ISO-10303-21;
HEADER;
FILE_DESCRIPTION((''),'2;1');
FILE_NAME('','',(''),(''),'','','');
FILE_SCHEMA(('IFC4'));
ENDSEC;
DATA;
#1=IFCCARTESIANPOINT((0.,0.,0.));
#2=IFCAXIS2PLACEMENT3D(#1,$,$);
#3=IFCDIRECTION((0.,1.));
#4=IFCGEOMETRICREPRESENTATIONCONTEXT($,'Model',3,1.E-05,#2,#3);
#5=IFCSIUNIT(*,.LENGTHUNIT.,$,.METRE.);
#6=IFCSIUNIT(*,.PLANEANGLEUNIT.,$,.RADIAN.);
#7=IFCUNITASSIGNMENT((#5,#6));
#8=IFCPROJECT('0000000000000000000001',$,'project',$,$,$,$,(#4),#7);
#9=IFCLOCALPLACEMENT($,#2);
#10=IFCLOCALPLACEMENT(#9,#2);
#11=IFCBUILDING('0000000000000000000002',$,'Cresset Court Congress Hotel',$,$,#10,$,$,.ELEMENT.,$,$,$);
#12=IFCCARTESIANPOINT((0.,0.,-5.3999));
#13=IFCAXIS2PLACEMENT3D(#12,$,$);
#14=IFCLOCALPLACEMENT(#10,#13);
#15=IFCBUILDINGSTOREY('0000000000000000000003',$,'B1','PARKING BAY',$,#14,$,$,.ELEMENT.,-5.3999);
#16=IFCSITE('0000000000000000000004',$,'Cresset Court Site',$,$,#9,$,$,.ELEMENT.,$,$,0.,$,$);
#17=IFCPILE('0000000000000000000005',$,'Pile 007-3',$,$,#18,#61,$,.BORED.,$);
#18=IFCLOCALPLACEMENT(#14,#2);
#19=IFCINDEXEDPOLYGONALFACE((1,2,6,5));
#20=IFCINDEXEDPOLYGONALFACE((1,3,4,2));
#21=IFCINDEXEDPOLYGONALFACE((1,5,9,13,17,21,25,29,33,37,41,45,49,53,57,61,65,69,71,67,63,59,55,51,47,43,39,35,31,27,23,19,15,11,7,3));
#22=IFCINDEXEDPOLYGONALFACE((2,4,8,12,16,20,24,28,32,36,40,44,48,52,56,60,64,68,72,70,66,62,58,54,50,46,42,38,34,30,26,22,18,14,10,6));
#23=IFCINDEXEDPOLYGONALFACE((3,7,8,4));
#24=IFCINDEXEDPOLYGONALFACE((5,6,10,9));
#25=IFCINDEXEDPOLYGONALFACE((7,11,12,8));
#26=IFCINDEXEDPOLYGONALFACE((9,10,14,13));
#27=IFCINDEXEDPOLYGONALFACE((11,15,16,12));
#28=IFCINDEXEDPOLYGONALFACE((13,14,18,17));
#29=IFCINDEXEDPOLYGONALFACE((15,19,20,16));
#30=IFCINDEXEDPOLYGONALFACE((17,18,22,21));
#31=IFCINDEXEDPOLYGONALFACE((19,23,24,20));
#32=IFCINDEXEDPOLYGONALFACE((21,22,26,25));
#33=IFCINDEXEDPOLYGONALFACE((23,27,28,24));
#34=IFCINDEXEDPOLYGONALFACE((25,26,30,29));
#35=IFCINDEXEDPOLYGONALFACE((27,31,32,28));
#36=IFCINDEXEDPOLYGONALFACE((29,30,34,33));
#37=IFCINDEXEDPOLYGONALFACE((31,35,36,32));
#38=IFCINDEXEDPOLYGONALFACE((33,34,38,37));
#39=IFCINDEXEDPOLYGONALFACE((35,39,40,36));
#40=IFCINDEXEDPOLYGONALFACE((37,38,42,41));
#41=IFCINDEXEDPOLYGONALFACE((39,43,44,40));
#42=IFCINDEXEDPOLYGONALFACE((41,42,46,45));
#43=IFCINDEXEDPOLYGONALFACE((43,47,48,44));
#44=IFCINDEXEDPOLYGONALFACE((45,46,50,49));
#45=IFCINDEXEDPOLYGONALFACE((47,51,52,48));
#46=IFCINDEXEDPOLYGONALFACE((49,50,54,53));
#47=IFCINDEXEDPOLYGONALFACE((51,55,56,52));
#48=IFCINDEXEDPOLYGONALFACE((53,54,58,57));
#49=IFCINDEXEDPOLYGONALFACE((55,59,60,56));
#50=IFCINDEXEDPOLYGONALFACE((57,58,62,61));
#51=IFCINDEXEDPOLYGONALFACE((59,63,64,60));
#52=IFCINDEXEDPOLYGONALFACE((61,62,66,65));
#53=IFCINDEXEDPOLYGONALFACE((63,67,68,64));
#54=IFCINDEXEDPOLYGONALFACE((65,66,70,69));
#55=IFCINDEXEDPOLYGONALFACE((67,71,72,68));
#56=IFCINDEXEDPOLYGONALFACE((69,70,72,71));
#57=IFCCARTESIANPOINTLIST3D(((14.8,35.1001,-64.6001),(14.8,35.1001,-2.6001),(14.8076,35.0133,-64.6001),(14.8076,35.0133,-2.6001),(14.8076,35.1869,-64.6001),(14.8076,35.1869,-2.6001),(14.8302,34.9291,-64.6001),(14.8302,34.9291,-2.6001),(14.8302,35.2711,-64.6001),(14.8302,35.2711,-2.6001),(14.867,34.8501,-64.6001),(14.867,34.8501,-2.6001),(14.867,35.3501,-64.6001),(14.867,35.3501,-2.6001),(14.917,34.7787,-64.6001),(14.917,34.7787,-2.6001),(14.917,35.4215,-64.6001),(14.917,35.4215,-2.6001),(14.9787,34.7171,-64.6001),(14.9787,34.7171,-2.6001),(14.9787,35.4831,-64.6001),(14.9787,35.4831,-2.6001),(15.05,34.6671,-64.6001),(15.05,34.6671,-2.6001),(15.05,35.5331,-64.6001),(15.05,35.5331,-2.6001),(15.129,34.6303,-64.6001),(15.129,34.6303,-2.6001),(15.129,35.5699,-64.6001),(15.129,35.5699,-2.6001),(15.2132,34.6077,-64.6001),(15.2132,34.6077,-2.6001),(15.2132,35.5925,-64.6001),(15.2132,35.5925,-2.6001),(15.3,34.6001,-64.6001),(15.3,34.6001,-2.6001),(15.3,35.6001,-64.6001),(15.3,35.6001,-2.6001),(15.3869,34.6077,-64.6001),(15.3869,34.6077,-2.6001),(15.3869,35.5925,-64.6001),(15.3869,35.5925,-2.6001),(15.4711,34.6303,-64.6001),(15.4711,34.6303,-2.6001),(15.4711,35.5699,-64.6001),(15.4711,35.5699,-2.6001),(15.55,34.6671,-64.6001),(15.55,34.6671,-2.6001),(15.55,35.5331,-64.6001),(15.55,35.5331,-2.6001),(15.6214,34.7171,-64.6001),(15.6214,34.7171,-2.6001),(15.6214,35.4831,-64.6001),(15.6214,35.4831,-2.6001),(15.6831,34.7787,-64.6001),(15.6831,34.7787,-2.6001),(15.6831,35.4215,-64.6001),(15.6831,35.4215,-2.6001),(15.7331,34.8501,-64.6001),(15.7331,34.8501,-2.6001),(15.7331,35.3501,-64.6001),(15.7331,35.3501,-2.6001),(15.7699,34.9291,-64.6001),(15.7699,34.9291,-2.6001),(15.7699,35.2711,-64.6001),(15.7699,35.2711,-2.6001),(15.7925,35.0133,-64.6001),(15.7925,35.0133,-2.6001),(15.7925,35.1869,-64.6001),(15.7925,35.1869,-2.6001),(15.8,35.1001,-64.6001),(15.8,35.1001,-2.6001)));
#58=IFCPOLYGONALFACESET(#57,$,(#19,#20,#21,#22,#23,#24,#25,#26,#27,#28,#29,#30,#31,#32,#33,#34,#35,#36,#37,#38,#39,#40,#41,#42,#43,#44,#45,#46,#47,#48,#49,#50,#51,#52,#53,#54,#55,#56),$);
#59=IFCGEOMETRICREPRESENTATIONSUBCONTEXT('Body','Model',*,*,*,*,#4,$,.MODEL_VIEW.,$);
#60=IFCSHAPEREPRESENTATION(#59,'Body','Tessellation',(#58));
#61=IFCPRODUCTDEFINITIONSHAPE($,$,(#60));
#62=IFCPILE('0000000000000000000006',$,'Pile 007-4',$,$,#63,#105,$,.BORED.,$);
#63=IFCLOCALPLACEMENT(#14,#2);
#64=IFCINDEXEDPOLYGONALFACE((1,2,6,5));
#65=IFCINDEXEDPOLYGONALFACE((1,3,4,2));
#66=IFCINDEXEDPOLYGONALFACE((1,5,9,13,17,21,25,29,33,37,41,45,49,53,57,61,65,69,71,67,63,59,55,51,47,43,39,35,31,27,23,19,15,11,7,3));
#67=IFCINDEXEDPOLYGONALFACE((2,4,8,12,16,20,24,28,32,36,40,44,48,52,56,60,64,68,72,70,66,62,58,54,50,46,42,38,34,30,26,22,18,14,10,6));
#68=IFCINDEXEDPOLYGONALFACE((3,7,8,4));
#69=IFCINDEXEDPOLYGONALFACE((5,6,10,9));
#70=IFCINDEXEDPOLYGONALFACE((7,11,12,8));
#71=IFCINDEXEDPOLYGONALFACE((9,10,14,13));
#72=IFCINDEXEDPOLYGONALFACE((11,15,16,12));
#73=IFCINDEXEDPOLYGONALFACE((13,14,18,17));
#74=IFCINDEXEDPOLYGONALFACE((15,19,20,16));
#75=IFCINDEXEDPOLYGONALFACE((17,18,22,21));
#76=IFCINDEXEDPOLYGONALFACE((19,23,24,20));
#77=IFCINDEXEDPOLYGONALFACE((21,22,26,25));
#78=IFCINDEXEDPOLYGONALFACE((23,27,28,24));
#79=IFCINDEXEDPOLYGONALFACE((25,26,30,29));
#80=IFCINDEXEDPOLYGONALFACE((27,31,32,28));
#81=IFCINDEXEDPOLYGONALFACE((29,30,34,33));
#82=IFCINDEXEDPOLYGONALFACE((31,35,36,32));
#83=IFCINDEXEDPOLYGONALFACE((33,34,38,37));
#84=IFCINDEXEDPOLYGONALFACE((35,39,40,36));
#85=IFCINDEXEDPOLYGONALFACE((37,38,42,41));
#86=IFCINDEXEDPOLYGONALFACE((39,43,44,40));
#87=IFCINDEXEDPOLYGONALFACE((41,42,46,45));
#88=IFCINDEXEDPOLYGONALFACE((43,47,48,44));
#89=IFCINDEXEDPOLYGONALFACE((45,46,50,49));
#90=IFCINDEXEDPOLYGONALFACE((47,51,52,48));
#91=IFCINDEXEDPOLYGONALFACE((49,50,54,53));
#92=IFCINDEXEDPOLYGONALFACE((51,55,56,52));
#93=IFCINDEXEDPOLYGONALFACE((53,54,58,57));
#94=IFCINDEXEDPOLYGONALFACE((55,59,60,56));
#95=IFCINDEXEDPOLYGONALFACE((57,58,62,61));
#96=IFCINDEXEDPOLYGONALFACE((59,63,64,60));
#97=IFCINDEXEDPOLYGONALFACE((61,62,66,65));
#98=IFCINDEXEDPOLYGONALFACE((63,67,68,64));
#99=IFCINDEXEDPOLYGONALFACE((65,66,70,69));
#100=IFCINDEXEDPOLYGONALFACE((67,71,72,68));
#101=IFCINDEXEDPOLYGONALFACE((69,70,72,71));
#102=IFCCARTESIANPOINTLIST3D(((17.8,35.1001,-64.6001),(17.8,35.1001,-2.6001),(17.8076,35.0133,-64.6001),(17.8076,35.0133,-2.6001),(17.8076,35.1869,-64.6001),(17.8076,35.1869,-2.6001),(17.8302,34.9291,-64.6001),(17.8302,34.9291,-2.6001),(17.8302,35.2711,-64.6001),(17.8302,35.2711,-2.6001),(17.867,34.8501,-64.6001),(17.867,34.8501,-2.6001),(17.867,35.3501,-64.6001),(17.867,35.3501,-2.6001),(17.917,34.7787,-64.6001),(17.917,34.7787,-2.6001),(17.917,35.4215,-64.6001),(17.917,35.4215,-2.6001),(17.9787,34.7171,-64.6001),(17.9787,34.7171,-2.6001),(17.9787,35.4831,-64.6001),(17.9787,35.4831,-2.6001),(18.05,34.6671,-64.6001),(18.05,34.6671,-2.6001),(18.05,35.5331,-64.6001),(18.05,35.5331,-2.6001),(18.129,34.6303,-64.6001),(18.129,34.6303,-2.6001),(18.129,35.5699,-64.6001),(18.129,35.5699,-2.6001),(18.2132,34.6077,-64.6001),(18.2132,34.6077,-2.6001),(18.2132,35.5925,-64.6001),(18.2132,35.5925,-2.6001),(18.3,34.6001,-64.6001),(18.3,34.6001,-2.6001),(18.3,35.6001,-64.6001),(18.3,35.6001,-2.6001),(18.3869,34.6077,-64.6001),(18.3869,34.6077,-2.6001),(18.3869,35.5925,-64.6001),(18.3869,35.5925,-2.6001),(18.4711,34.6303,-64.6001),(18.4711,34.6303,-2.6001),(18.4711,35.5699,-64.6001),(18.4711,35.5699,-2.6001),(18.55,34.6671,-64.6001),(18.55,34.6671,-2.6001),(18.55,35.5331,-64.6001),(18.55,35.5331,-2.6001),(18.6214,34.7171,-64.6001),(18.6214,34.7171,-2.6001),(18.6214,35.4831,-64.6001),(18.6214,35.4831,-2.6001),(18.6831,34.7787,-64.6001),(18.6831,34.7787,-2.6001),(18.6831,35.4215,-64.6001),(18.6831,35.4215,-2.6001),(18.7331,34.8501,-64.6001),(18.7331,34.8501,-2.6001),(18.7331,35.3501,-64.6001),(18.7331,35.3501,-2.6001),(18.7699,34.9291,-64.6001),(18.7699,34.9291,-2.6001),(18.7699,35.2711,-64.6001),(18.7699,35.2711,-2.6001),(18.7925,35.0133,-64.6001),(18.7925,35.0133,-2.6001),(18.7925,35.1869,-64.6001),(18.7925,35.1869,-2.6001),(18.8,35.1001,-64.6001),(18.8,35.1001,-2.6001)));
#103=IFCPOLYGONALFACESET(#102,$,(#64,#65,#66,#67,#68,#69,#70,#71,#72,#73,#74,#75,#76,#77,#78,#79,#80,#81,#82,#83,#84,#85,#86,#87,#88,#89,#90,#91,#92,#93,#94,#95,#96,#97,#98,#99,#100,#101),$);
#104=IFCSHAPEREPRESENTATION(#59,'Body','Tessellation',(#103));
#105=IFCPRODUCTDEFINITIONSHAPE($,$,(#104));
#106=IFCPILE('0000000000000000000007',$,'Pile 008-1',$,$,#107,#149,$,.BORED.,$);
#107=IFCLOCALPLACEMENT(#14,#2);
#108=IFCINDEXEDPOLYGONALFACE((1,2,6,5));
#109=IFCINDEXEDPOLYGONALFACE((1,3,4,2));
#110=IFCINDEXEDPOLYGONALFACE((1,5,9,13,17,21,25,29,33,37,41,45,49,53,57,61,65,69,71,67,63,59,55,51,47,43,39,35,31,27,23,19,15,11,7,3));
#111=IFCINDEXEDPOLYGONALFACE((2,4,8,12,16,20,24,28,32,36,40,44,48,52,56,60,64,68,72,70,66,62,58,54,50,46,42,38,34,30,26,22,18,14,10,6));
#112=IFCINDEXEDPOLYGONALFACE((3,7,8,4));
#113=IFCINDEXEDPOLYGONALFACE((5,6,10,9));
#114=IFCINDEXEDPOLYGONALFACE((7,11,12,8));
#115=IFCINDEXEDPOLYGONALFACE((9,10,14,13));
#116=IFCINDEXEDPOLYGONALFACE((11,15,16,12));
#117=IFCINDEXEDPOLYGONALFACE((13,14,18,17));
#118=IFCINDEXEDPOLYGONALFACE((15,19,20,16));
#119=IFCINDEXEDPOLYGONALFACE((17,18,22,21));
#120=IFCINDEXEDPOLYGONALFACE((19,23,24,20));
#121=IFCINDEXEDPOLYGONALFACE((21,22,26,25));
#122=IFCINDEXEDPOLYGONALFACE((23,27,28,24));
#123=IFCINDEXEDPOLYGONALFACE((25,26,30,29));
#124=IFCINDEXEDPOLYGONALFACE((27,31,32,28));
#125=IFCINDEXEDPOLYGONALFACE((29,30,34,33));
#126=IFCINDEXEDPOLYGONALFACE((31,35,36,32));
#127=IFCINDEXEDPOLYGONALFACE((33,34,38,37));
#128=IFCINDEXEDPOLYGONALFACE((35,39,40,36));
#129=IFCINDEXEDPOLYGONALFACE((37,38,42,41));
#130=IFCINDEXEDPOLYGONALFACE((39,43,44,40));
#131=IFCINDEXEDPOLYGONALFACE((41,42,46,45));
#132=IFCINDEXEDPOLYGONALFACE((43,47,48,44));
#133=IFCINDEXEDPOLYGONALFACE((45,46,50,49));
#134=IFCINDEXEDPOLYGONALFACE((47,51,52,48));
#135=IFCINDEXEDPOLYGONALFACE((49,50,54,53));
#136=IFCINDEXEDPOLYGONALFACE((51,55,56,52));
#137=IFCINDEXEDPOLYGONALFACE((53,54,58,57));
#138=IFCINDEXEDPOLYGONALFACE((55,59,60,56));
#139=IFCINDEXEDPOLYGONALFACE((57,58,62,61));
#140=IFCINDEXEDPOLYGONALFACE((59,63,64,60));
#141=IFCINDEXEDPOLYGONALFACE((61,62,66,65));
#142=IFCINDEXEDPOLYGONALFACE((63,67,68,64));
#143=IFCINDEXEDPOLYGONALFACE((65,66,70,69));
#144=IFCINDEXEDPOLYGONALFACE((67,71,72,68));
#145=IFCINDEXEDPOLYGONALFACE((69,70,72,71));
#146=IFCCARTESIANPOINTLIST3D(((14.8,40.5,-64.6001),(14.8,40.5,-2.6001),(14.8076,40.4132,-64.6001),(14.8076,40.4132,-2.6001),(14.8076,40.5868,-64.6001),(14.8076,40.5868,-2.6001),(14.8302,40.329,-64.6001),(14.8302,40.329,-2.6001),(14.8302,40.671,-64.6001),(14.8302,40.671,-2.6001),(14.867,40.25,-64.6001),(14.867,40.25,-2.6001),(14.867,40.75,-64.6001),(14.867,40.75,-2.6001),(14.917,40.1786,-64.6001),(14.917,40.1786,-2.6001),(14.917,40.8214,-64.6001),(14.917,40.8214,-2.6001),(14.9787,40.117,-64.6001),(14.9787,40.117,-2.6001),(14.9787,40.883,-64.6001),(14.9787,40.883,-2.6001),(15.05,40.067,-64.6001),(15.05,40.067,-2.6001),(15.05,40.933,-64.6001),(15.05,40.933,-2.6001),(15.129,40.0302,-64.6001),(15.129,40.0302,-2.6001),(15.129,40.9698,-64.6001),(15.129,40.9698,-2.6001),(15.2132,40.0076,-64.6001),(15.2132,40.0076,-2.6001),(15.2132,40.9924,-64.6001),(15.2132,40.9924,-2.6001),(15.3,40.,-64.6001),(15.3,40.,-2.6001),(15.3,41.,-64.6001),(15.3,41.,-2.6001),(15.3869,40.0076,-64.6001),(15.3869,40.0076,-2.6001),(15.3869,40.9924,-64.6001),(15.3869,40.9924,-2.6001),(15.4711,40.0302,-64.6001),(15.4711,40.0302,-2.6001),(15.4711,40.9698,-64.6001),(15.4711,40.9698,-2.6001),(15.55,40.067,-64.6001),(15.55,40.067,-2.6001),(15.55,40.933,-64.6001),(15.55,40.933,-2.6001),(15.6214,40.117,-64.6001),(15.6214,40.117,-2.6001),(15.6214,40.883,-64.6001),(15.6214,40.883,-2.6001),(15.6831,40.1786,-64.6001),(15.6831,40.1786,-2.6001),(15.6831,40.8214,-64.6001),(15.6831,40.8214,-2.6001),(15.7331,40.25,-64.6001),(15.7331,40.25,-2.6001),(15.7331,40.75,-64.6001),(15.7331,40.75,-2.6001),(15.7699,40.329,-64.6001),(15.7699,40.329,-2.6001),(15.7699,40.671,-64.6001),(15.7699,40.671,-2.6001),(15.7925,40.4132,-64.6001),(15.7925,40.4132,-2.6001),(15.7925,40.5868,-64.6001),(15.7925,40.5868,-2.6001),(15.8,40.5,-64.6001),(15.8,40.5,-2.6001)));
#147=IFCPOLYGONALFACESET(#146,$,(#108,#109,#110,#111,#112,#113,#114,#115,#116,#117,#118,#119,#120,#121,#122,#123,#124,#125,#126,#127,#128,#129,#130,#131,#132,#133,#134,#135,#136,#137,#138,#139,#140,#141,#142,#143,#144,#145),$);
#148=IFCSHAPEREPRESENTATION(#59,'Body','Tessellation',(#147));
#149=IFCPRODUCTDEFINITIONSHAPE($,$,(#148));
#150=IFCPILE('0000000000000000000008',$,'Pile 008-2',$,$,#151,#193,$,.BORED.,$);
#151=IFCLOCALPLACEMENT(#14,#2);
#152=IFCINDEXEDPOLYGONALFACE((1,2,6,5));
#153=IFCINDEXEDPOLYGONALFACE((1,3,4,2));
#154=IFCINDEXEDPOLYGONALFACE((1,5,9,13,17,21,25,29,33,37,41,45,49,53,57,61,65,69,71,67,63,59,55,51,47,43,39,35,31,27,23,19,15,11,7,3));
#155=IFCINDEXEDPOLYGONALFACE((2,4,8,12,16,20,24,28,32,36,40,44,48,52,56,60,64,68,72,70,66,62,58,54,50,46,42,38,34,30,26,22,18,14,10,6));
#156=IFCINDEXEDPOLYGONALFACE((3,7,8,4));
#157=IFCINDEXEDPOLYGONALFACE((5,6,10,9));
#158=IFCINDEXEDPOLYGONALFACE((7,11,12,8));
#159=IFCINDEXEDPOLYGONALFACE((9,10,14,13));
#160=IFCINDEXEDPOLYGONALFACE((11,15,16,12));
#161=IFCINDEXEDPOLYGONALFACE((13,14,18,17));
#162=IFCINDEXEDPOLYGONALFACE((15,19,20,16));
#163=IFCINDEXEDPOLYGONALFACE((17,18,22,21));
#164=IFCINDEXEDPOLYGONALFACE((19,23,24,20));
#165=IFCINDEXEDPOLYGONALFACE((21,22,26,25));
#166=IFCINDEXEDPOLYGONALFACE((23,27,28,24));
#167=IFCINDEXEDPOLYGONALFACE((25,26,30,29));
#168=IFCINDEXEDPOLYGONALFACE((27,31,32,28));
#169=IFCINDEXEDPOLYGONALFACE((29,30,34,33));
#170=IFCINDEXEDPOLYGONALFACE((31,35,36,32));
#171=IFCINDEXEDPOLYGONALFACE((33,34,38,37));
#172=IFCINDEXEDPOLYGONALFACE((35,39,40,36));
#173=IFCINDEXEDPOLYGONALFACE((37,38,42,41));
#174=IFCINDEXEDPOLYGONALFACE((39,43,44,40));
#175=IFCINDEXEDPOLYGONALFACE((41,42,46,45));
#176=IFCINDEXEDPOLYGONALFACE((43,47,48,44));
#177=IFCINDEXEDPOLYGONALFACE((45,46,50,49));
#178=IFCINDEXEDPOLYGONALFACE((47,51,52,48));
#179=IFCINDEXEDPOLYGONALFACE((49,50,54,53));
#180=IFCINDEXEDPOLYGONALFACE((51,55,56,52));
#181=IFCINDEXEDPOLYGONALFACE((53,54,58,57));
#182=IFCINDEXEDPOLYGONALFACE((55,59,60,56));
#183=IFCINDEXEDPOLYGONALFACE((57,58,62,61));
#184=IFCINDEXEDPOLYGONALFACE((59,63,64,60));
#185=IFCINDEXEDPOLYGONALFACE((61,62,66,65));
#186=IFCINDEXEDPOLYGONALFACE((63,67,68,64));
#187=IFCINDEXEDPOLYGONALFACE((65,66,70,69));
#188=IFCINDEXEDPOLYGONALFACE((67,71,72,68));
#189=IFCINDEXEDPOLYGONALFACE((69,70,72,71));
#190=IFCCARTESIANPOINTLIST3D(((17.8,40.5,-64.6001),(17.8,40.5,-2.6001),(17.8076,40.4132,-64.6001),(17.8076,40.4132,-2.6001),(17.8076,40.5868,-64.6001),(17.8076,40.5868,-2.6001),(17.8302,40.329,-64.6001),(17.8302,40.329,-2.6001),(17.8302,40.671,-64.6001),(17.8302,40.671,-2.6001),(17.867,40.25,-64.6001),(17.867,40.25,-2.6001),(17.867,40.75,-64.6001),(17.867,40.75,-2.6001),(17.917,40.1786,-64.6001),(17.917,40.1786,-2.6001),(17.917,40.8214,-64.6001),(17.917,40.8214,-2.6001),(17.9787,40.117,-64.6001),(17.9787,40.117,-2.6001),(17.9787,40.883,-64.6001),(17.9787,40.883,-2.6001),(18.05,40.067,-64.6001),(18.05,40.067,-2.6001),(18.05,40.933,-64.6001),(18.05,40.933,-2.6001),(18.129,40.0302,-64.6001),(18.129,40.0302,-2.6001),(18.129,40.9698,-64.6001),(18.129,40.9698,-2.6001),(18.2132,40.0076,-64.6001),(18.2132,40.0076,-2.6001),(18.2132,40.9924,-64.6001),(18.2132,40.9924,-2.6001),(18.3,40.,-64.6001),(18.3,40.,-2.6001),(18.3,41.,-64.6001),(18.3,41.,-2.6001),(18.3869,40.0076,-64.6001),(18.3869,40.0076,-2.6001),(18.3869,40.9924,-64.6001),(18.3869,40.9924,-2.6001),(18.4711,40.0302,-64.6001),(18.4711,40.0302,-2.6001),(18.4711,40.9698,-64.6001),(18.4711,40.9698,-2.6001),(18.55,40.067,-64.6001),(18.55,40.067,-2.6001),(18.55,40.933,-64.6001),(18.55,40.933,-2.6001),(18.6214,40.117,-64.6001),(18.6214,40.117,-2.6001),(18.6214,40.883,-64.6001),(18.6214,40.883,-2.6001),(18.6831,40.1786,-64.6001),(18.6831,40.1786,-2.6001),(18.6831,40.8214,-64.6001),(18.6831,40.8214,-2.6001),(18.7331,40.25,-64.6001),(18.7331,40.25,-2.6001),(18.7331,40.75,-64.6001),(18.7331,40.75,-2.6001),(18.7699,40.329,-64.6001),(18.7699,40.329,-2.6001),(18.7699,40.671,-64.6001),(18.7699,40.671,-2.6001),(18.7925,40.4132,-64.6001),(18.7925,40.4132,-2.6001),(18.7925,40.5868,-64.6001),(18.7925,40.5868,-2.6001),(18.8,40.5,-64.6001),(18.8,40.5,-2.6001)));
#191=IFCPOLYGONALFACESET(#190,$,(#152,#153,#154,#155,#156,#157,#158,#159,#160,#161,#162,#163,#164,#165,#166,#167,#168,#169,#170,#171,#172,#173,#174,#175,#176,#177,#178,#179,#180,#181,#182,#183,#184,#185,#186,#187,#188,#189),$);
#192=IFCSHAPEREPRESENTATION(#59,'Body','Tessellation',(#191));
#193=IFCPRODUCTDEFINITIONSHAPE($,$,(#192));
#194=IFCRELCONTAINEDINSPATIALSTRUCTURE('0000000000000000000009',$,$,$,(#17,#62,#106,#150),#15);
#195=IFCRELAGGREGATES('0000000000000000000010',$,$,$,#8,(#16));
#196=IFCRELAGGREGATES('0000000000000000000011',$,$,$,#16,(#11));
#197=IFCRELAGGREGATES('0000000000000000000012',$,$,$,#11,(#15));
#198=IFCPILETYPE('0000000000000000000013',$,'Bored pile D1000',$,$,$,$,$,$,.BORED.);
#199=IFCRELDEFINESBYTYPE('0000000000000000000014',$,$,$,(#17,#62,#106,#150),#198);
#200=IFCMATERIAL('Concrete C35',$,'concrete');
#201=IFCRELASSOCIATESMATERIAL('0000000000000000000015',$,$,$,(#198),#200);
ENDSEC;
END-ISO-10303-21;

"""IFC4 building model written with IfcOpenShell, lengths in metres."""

from ifc_helpers import new_model, si_unit, direction, frame, origin, origin_2d, place, context, subcontext, project, spatial, circle, extrude, material, type_object, element, save


model = new_model("IFC4")

# Units and contexts
model_context = context("Model", 3, precision=1e-05, world=origin(), true_north=direction((0.0, 1.0)))
body_context = subcontext(model_context, "Body", "Model", "MODEL_VIEW")
ifc_project = project(units=[si_unit("LENGTHUNIT", "METRE"), si_unit("PLANEANGLEUNIT", "RADIAN")], contexts=[model_context])

# Site, building, storey
site_placement = place(None, origin())
site = spatial("IfcSite", under=ifc_project, at=site_placement, Name="Cresset Court Site", CompositionType="ELEMENT", RefElevation=0.0)
building_placement = place(site_placement, origin())
building = spatial("IfcBuilding", under=site, at=building_placement, Name="Cresset Court Congress Hotel", CompositionType="ELEMENT")
storey_placement = place(building_placement, frame((0.0, 0.0, -5.3999)))
storey = spatial("IfcBuildingStorey", under=building, at=storey_placement, Name="B1", Description="PARKING BAY", CompositionType="ELEMENT", Elevation=-5.3999)

# Piles
ifc_material_1 = material(Name="Concrete C35", Category="concrete")
pile_type = type_object("IfcPileType", Name="Bored pile D1000", PredefinedType="BORED", material=ifc_material_1)
for number, where, z_axis, x_axis, name in (
    (1, (15.3, 35.1001, -2.6001), (0.0, 0.0, -1.0), (1.0, 0.0, 0.0), "Pile 007-3"),
    (2, (18.3, 35.1001, -2.6001), (0.0, 0.0, -1.0), (1.0, 0.0, 0.0), "Pile 007-4"),
    (3, (15.3, 40.5, -2.6001), (0.0, 0.0, -1.0), (1.0, 0.0, 0.0), "Pile 008-1"),
    (4, (18.3, 40.5, -2.6001), (0.0, 0.0, -1.0), (1.0, 0.0, 0.0), "Pile 008-2"),
):
    element("IfcPile", number, at=place(storey_placement, frame(where, z_axis=z_axis, x_axis=x_axis)), inside=storey, type_object=pile_type, Name=name, PredefinedType="BORED", context=body_context, shape_type="SweptSolid", body=[
        extrude(circle(Radius=0.5, at=origin_2d()), origin(), (0.0, 0.0, 1.0), 62.0),
    ])

save(model, "model.ifc")
